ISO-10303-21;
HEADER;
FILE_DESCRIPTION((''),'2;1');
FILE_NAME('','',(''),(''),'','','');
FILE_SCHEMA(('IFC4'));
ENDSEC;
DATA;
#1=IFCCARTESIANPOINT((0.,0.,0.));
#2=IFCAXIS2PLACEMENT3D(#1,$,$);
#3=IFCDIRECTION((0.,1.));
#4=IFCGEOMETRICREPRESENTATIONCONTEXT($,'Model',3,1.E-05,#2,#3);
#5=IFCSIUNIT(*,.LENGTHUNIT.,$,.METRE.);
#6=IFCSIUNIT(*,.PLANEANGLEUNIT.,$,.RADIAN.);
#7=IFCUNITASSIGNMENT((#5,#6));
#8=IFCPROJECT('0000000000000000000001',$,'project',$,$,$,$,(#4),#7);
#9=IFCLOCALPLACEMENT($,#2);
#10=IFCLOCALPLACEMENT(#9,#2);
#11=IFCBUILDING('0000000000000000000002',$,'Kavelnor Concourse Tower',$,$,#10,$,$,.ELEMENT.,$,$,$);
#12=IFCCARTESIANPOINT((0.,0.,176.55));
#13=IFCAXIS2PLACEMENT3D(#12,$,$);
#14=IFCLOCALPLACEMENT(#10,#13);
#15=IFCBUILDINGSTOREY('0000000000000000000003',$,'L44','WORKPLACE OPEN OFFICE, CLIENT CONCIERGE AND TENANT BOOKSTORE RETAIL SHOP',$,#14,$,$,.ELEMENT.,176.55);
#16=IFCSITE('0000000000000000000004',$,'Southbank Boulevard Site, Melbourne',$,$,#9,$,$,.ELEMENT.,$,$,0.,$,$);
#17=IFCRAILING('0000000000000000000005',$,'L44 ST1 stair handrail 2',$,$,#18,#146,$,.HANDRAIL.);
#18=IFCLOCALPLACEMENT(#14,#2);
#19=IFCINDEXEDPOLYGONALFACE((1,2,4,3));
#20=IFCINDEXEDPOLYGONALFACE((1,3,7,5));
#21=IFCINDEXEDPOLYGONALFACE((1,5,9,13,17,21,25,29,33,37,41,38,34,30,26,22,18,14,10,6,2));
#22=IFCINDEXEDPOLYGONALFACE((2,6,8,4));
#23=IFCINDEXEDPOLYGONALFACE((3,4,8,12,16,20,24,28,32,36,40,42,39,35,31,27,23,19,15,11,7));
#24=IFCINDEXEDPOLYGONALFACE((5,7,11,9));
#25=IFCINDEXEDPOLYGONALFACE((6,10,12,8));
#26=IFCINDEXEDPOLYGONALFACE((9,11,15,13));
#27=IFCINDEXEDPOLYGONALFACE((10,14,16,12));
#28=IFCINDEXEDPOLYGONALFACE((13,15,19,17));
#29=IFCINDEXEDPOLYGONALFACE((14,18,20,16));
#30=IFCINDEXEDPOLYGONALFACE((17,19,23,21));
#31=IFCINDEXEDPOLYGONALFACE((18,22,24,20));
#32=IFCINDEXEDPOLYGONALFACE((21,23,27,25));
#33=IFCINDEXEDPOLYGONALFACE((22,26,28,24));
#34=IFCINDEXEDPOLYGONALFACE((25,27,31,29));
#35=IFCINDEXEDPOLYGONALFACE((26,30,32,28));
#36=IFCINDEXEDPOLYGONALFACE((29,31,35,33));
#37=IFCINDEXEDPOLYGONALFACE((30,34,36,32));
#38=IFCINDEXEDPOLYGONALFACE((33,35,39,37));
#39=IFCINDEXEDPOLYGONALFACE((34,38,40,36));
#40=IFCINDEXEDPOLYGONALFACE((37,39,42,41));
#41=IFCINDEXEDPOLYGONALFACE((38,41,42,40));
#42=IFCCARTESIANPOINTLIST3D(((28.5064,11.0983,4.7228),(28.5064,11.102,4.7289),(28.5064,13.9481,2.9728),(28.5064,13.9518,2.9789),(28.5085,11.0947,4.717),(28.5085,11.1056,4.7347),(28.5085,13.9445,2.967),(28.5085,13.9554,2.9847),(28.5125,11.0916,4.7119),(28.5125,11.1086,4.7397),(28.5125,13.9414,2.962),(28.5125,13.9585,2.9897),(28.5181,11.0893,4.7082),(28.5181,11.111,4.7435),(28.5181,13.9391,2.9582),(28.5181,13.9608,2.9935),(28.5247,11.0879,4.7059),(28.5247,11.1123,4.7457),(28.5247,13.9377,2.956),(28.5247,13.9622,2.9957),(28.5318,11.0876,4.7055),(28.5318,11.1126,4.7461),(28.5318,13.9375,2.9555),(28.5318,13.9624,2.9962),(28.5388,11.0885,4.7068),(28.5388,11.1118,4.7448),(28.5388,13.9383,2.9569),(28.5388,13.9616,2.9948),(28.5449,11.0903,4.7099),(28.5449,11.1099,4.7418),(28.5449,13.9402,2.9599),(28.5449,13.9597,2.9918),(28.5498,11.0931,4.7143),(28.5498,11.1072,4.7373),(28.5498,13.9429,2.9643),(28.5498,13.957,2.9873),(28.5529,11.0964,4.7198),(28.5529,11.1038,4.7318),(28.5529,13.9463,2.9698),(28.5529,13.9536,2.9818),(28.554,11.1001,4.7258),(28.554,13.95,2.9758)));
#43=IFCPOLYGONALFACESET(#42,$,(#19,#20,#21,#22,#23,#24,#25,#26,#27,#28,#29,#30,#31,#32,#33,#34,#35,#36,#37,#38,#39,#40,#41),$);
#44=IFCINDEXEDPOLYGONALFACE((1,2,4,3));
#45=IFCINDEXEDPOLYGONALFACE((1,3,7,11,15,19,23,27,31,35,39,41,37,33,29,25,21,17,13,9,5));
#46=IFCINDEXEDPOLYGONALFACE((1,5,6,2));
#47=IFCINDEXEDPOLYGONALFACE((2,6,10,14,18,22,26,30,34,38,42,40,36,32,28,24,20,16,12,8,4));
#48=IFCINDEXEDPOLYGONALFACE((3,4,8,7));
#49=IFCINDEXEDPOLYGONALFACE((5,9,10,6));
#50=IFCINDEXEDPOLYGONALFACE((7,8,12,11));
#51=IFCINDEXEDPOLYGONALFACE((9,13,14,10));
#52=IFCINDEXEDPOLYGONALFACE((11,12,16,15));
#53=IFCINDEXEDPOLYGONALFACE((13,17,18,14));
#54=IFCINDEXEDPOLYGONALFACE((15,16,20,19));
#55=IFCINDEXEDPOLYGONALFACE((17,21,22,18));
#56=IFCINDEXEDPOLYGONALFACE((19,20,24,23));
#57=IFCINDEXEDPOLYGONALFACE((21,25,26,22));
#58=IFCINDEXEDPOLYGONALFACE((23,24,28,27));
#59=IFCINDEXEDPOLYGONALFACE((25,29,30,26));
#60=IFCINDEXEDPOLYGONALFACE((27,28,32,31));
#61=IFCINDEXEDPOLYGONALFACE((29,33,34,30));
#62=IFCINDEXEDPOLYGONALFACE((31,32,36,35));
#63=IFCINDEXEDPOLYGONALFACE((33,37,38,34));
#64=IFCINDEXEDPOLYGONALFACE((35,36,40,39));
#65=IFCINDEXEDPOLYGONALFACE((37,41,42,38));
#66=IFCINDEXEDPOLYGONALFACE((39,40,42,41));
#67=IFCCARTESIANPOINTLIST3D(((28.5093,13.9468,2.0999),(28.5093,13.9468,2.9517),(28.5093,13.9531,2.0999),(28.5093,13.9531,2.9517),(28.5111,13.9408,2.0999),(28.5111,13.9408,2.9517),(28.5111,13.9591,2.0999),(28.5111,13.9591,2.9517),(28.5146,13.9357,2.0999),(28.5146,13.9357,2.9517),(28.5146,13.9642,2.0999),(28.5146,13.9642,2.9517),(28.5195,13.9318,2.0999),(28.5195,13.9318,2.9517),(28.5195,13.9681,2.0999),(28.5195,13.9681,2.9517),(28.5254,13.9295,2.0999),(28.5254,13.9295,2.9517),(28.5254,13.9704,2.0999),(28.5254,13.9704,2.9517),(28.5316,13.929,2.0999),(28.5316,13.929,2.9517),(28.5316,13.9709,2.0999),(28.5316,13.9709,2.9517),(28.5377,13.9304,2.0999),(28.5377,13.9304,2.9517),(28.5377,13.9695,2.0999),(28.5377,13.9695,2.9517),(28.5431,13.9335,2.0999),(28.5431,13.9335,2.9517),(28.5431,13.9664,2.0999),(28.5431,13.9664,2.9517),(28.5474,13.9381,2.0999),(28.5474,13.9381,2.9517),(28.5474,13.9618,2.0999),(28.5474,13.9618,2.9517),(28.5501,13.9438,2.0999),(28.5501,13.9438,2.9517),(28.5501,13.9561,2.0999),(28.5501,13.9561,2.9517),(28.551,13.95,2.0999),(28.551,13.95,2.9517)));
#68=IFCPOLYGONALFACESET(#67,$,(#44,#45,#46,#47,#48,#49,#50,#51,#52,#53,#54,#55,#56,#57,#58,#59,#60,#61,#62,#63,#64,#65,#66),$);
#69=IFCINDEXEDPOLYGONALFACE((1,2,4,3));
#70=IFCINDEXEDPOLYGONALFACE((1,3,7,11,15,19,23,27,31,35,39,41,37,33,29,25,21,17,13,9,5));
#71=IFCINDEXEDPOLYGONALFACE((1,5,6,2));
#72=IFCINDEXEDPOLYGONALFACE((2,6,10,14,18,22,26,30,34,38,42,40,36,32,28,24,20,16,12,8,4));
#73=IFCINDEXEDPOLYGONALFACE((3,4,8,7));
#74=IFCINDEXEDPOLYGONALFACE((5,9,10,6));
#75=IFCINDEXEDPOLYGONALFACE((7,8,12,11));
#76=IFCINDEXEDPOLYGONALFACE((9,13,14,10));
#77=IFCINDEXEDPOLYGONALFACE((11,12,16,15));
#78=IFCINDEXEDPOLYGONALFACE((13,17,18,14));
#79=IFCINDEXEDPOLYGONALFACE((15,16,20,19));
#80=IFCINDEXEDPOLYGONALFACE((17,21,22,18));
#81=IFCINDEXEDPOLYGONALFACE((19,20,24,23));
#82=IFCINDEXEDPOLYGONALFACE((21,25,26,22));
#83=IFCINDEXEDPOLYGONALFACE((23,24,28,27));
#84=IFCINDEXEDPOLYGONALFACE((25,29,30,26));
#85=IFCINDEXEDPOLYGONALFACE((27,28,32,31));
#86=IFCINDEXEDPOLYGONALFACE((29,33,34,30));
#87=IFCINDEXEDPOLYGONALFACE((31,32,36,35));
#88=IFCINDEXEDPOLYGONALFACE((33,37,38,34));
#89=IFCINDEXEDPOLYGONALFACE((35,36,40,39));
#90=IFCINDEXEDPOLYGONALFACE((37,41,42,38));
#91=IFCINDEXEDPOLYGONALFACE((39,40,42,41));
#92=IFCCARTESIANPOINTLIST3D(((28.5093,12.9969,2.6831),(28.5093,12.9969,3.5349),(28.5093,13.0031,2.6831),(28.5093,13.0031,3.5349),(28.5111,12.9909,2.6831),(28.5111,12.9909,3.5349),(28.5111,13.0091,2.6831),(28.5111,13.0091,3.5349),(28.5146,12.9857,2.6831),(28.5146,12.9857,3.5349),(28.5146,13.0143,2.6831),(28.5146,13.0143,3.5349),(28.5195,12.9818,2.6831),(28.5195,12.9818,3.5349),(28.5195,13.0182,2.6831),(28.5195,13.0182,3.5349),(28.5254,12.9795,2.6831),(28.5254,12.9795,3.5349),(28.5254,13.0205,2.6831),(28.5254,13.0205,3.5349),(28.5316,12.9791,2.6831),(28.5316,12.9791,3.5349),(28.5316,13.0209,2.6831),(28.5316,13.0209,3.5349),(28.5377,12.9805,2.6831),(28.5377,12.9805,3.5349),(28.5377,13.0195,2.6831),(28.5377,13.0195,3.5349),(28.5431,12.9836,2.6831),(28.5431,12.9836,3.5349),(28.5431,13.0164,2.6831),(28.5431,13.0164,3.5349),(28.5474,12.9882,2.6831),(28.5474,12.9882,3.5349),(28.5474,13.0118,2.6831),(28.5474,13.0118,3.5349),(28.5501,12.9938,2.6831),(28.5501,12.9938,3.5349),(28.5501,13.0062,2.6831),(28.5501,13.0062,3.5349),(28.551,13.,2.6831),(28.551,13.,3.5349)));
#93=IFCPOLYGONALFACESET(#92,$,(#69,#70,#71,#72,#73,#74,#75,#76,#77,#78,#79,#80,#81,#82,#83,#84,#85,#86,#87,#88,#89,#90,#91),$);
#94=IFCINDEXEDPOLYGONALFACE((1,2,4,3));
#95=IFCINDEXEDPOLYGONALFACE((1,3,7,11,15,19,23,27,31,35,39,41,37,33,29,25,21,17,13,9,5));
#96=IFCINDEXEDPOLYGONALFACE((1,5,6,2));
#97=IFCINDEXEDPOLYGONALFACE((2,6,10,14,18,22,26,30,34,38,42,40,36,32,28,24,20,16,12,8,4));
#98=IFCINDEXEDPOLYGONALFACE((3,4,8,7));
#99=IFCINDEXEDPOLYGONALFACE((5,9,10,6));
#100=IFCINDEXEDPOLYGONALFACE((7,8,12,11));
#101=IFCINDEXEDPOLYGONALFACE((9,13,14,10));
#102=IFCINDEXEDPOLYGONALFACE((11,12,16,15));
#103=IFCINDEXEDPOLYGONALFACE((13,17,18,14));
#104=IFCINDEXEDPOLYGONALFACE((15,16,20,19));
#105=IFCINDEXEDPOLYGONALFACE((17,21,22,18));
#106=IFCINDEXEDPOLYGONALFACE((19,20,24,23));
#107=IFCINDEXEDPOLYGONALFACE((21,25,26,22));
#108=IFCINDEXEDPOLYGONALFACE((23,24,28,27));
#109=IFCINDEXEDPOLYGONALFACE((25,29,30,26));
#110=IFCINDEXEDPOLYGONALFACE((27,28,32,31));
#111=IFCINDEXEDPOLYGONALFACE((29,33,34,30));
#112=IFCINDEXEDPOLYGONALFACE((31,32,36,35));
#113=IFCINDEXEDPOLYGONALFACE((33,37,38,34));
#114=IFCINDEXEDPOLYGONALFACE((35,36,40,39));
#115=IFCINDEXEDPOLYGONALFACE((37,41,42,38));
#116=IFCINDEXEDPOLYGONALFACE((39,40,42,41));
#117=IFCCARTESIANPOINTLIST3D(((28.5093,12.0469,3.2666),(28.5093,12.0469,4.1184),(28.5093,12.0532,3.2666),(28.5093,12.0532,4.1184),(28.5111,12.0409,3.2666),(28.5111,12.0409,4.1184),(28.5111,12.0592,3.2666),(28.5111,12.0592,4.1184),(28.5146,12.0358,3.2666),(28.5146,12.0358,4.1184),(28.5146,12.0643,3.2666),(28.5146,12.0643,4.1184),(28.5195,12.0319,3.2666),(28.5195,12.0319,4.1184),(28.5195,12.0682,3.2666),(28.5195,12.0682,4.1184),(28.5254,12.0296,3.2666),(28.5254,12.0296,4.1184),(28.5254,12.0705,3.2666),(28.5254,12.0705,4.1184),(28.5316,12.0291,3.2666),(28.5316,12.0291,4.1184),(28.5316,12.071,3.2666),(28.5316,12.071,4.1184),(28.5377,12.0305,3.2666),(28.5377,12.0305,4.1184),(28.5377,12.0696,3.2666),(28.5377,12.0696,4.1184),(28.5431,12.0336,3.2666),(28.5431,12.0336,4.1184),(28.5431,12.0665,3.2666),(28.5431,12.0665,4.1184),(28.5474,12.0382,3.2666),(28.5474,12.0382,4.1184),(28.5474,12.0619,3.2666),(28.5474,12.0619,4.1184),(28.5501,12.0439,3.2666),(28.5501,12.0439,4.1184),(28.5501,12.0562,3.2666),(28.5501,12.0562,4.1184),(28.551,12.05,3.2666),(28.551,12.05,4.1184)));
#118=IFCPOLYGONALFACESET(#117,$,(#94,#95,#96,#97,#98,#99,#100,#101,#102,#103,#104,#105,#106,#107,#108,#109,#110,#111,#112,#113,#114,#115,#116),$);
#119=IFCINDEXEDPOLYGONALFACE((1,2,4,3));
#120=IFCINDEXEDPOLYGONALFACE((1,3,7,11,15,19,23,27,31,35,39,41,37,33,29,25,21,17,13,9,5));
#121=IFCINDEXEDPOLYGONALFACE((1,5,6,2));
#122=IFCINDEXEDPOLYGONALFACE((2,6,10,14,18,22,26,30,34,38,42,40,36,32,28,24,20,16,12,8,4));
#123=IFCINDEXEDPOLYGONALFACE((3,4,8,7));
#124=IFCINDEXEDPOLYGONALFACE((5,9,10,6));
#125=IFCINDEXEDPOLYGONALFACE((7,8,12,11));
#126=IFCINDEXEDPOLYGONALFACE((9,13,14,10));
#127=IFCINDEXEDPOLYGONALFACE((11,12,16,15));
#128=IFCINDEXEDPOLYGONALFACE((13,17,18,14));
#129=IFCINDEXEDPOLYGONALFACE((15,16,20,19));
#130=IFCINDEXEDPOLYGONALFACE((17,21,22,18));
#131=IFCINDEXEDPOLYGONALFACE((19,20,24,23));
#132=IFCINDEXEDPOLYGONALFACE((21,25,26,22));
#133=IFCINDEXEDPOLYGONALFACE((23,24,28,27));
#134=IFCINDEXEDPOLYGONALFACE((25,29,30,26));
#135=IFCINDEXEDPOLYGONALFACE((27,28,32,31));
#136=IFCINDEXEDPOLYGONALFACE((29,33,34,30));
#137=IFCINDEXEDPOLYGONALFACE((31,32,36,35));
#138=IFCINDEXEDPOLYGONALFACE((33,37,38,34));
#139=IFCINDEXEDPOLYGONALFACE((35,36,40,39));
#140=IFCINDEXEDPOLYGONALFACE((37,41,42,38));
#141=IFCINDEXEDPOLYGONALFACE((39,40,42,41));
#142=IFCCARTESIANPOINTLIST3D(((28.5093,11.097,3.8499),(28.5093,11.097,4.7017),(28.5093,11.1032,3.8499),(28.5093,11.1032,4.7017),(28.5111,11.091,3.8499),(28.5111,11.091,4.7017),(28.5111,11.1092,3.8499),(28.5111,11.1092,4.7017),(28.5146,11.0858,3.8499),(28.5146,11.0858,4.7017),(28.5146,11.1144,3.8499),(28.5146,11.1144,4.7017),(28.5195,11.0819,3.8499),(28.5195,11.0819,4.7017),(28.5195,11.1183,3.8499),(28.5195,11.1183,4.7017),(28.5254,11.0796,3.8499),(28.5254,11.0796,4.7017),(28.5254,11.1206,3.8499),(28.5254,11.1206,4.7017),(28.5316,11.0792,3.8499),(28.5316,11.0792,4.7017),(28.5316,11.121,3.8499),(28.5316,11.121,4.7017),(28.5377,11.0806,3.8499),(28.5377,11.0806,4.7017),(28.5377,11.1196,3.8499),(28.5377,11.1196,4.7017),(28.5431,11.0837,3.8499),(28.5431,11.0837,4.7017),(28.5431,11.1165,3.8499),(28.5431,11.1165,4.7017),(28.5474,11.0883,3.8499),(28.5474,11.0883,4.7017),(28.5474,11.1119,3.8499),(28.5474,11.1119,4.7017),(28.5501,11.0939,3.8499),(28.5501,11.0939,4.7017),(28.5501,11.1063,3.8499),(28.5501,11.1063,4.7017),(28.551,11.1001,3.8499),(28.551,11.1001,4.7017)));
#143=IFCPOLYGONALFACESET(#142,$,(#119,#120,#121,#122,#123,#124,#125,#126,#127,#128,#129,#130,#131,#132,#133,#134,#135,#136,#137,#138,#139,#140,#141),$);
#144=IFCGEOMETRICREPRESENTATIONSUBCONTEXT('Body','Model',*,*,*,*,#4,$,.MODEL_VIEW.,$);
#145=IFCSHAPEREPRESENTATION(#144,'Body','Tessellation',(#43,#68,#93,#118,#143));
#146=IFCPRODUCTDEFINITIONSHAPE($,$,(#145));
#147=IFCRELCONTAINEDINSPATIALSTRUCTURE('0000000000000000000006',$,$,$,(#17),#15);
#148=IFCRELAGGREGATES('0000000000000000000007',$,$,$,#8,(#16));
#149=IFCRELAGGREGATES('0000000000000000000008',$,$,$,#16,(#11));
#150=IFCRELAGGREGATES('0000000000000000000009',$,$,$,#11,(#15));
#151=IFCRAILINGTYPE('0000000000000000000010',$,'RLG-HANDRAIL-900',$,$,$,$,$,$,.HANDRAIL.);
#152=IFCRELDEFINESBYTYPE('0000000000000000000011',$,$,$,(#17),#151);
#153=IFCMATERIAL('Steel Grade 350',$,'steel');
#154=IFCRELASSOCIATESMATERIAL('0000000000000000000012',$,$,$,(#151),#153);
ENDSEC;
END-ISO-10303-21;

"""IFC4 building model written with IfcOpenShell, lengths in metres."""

from ifc_helpers import new_model, si_unit, direction, frame, origin, origin_2d, place, context, subcontext, project, spatial, circle, extrude, material, type_object, element, save


model = new_model("IFC4")

# Units and contexts
model_context = context("Model", 3, precision=1e-05, world=origin(), true_north=direction((0.0, 1.0)))
body_context = subcontext(model_context, "Body", "Model", "MODEL_VIEW")
ifc_project = project(units=[si_unit("LENGTHUNIT", "METRE"), si_unit("PLANEANGLEUNIT", "RADIAN")], contexts=[model_context])

# Site, building, storey
site_placement = place(None, origin())
site = spatial("IfcSite", under=ifc_project, at=site_placement, Name="Southbank Boulevard Site, Melbourne", CompositionType="ELEMENT", RefElevation=0.0)
building_placement = place(site_placement, origin())
building = spatial("IfcBuilding", under=site, at=building_placement, Name="Kavelnor Concourse Tower", CompositionType="ELEMENT")
storey_placement = place(building_placement, frame((0.0, 0.0, 176.55)))
storey = spatial("IfcBuildingStorey", under=building, at=storey_placement, Name="L44", Description="WORKPLACE OPEN OFFICE, CLIENT CONCIERGE AND TENANT BOOKSTORE RETAIL SHOP", CompositionType="ELEMENT", Elevation=176.55)

# Shared definitions
ifc_material_1 = material(Name="Steel Grade 350", Category="steel")

# Railing
railing_type_1 = type_object("IfcRailingType", Name="RLG-HANDRAIL-900", PredefinedType="HANDRAIL", material=ifc_material_1)
railing_1_placement = place(storey_placement, frame((28.53, 13.95, 2.0999)))
element("IfcRailing", 1, at=railing_1_placement, inside=storey, type_object=railing_type_1, Name="L44 ST1 stair handrail 2", PredefinedType="HANDRAIL", context=body_context, shape_type="SweptSolid", body=[
    extrude(circle(Radius=0.0239, at=origin_2d()), frame((0.0, 0.0, 0.876), z_axis=(0.0, -0.852159, 0.523283), x_axis=(1.0, 0.0, 0.0)), (0.0, 0.0, 1.0), 3.3442),
    extrude(circle(Radius=0.021, at=origin_2d()), origin(), (0.0, 0.0, 1.0), 0.8518),
    extrude(circle(Radius=0.021, at=origin_2d()), frame((0.0, -0.95, 0.5833)), (0.0, 0.0, 1.0), 0.8518),
    extrude(circle(Radius=0.021, at=origin_2d()), frame((0.0, -1.8999, 1.1667)), (0.0, 0.0, 1.0), 0.8518),
    extrude(circle(Radius=0.021, at=origin_2d()), frame((0.0, -2.8499, 1.75)), (0.0, 0.0, 1.0), 0.8518),
])

save(model, "model.ifc")
